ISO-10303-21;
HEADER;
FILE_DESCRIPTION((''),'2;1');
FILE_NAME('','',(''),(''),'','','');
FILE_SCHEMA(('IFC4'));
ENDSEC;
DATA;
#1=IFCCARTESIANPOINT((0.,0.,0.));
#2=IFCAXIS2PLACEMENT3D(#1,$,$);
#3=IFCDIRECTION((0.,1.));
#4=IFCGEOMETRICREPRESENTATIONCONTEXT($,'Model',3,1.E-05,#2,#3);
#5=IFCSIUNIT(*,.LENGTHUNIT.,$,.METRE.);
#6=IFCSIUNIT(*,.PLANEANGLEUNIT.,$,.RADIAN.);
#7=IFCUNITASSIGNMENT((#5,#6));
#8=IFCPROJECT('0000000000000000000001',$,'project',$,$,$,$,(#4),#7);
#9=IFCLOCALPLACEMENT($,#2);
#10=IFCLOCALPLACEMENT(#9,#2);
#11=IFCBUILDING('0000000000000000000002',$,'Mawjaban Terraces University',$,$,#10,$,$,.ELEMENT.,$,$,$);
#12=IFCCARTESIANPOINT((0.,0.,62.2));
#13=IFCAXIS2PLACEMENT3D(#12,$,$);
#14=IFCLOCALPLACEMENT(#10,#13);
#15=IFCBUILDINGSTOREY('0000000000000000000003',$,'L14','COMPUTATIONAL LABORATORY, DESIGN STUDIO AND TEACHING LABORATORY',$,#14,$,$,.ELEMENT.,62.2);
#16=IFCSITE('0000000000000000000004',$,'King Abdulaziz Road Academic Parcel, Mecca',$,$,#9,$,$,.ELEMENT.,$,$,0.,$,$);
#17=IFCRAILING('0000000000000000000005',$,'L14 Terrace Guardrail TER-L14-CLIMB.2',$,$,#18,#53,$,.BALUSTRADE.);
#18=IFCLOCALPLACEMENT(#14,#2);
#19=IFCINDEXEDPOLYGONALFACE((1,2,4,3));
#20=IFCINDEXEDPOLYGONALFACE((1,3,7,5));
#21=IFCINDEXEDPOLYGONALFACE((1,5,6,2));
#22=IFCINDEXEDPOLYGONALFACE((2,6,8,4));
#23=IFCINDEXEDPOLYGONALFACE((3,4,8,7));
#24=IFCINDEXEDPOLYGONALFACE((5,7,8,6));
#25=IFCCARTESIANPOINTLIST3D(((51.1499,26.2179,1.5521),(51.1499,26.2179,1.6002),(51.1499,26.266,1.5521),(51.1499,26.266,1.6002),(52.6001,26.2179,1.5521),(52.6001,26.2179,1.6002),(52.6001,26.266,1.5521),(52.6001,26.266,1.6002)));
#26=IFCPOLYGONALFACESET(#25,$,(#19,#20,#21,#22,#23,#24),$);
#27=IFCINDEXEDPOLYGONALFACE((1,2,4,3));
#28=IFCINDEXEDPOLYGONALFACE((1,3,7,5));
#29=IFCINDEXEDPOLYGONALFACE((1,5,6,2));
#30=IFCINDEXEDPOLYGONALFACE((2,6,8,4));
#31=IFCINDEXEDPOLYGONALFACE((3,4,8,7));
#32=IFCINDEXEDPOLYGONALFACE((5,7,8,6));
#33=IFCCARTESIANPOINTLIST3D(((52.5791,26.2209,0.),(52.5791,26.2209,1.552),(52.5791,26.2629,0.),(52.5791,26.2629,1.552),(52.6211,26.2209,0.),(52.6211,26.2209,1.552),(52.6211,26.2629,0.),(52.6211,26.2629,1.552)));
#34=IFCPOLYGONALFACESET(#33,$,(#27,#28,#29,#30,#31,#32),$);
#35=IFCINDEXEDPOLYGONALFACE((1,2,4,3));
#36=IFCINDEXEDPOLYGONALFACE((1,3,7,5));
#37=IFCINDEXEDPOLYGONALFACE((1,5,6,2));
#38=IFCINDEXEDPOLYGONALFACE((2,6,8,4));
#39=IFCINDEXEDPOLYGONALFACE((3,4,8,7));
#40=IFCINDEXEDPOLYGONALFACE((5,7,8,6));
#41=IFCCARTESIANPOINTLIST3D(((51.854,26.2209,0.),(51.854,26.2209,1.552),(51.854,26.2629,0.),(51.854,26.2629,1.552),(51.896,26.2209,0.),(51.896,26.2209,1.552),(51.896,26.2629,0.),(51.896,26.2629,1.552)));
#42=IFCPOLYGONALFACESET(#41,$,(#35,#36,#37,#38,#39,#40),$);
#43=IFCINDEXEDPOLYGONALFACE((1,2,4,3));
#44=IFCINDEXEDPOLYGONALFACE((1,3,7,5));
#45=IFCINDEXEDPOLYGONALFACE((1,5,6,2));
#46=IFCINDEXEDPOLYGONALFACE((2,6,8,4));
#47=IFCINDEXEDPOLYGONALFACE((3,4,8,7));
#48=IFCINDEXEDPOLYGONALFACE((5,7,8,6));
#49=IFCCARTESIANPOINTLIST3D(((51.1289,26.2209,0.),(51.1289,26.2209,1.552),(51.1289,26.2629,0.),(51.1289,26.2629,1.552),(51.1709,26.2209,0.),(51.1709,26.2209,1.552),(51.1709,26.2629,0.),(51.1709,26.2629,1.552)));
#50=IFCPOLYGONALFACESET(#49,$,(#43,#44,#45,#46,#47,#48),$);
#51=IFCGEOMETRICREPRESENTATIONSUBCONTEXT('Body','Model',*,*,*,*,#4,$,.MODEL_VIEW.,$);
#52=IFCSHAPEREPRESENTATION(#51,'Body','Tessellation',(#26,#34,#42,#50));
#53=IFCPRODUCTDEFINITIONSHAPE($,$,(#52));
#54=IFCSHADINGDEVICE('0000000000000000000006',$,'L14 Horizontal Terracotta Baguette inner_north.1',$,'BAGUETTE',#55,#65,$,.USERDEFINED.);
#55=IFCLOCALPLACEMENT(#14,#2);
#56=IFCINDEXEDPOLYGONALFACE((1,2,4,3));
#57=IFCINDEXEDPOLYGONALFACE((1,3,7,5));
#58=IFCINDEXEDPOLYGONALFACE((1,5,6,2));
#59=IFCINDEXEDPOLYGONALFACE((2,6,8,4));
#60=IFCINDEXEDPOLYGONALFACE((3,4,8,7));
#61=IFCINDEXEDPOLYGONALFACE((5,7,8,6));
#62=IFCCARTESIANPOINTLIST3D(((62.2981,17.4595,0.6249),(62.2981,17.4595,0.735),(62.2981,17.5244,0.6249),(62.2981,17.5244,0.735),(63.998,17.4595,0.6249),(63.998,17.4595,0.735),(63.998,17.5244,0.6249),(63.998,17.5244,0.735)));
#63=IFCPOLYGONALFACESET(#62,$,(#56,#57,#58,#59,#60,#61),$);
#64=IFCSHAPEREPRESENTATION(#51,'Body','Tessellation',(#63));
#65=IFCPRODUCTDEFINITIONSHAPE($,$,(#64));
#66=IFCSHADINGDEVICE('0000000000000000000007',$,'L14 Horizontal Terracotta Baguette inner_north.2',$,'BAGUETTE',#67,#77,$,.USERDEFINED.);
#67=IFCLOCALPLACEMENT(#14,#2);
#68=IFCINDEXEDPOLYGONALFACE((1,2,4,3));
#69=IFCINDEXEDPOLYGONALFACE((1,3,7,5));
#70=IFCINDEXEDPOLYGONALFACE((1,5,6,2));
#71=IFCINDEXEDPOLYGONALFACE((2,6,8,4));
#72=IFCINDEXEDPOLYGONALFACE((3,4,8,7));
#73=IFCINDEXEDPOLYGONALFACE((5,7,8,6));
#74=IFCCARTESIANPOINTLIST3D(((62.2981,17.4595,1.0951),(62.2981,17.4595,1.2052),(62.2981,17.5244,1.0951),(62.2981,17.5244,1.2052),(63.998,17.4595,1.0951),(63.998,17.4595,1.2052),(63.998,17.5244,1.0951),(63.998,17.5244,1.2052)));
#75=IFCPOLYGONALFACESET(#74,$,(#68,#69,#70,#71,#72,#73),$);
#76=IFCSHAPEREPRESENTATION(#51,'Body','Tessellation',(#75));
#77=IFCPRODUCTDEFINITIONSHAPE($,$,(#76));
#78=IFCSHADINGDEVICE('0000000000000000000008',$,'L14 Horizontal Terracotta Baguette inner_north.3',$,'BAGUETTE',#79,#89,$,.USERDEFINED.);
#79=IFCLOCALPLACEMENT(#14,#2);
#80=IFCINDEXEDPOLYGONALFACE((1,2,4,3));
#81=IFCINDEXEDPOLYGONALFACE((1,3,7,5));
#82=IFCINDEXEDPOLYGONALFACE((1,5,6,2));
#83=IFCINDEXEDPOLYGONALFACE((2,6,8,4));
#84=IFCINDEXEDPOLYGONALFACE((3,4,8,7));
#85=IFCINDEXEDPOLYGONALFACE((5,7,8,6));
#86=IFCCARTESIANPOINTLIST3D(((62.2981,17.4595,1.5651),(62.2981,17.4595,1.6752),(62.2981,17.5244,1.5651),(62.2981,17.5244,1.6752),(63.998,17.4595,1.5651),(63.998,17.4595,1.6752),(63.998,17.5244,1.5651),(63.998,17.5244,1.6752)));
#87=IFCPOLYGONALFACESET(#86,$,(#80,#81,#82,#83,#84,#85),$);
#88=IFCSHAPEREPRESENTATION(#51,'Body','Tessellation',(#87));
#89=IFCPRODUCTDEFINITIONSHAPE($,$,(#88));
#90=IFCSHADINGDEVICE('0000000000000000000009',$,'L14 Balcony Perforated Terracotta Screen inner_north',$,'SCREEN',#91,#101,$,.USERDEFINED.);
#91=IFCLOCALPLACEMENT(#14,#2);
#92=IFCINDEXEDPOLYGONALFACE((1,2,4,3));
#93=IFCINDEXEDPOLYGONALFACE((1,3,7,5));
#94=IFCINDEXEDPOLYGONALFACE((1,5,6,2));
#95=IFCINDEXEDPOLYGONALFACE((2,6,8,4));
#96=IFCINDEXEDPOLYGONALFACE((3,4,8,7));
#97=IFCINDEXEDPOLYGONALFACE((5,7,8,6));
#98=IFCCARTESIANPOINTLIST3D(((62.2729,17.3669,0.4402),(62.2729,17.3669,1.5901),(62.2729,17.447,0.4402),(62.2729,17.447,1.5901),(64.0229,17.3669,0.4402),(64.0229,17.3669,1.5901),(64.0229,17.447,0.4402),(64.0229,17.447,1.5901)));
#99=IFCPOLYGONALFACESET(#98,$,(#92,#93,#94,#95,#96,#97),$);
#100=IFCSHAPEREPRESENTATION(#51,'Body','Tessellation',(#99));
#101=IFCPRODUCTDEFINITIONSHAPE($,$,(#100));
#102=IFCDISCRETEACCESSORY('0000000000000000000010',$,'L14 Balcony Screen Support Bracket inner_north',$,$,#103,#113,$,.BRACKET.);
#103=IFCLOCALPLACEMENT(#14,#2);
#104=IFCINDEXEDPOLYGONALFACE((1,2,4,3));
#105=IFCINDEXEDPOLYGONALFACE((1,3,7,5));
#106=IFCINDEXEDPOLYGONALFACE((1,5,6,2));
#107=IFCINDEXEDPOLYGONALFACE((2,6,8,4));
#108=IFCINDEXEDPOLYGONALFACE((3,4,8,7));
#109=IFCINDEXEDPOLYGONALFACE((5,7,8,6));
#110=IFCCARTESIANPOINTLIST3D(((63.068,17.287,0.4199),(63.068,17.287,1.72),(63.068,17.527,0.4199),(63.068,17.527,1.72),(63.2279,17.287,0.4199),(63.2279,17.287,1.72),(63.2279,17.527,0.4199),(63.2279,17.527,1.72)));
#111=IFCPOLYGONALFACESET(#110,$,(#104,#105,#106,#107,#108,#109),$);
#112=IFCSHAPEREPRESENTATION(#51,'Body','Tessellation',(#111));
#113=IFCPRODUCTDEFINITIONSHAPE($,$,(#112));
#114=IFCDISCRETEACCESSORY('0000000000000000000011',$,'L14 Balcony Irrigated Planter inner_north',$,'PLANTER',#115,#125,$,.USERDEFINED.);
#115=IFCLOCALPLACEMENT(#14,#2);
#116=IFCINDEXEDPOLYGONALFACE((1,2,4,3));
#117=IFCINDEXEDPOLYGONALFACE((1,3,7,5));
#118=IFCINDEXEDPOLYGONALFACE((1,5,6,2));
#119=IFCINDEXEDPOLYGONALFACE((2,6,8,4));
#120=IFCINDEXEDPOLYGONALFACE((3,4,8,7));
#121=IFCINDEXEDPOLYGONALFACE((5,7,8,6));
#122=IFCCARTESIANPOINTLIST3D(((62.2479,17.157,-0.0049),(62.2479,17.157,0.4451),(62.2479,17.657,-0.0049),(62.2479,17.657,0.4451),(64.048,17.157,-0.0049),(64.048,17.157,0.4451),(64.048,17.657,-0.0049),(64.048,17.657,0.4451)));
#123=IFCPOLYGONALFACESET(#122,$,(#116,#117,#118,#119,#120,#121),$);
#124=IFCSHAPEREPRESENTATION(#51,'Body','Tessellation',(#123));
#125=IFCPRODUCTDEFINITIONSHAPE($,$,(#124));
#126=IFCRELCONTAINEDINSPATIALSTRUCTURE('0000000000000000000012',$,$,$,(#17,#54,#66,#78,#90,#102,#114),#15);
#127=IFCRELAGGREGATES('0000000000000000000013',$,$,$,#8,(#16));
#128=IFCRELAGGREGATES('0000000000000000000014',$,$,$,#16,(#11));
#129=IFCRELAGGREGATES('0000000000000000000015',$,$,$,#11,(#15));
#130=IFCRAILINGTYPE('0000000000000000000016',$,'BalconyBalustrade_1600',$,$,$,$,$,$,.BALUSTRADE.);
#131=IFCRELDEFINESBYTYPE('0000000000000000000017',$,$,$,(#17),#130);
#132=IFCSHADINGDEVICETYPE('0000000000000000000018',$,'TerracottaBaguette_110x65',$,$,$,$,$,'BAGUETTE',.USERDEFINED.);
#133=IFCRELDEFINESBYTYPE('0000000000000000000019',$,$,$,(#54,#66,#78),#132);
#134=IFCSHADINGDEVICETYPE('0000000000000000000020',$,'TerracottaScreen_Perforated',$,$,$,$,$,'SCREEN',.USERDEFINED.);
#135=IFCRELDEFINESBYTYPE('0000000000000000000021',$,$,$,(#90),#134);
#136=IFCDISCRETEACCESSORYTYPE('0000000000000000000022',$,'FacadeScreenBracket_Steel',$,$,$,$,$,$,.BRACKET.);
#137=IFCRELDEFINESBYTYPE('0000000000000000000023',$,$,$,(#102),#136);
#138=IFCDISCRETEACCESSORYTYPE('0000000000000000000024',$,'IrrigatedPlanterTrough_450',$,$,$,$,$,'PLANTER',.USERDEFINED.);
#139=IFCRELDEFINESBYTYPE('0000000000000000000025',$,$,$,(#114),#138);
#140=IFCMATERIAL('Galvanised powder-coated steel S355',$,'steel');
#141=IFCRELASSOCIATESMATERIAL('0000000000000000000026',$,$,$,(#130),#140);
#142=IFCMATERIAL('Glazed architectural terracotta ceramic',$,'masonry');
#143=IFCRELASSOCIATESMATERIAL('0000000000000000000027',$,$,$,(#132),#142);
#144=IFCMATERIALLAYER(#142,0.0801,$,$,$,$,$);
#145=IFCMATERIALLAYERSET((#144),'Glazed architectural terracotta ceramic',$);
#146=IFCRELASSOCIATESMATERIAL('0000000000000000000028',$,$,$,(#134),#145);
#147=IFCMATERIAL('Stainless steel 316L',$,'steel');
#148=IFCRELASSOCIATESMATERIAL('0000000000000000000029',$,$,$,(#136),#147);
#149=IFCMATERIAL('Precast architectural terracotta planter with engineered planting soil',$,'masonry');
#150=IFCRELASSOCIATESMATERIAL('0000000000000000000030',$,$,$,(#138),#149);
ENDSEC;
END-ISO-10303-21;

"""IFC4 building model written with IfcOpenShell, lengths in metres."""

from ifc_helpers import new_model, si_unit, direction, frame, origin, origin_2d, place, context, subcontext, project, spatial, rectangle, extrude, material, layer, layer_set, material_profile, profile_set, type_object, element, save


model = new_model("IFC4")

# Units and contexts
model_context = context("Model", 3, precision=1e-05, world=origin(), true_north=direction((0.0, 1.0)))
body_context = subcontext(model_context, "Body", "Model", "MODEL_VIEW")
ifc_project = project(units=[si_unit("LENGTHUNIT", "METRE"), si_unit("PLANEANGLEUNIT", "RADIAN")], contexts=[model_context])

# Site, building, storey
site_placement = place(None, origin())
site = spatial("IfcSite", under=ifc_project, at=site_placement, Name="King Abdulaziz Road Academic Parcel, Mecca", CompositionType="ELEMENT", RefElevation=0.0)
building_placement = place(site_placement, origin())
building = spatial("IfcBuilding", under=site, at=building_placement, Name="Mawjaban Terraces University", CompositionType="ELEMENT")
storey_placement = place(building_placement, frame((0.0, 0.0, 62.2)))
storey = spatial("IfcBuildingStorey", under=building, at=storey_placement, Name="L14", Description="COMPUTATIONAL LABORATORY, DESIGN STUDIO AND TEACHING LABORATORY", CompositionType="ELEMENT", Elevation=62.2)

# Railing
ifc_material_1 = material(Name="Galvanised powder-coated steel S355", Category="steel")
railing_type = type_object("IfcRailingType", Name="BalconyBalustrade_1600", PredefinedType="BALUSTRADE", material=ifc_material_1)
railing_1_placement = place(storey_placement, frame((52.6001, 26.2419, 0.0)))
element("IfcRailing", 1, at=railing_1_placement, inside=storey, type_object=railing_type, Name="L14 Terrace Guardrail TER-L14-CLIMB.2", PredefinedType="BALUSTRADE", context=body_context, shape_type="SweptSolid", body=[
    extrude(rectangle(XDim=0.0481, YDim=0.0481, at=origin_2d()), frame((0.0, 0.0, 1.5762), z_axis=(-1.0, 0.0, 0.0), x_axis=(0.0, -1.0, 0.0)), (0.0, 0.0, 1.0), 1.4502),
    extrude(rectangle(XDim=0.042, YDim=0.042, at=origin_2d()), origin(), (0.0, 0.0, 1.0), 1.552),
    extrude(rectangle(XDim=0.042, YDim=0.042, at=origin_2d()), frame((-0.7251, 0.0, 0.0)), (0.0, 0.0, 1.0), 1.552),
    extrude(rectangle(XDim=0.042, YDim=0.042, at=origin_2d()), frame((-1.4502, 0.0, 0.0)), (0.0, 0.0, 1.0), 1.552),
])

# Shading devices
ifc_material_2 = material(Name="Glazed architectural terracotta ceramic", Category="masonry")
ifc_material_profile_1 = material_profile(ifc_material_2, rectangle(XDim=0.0649, YDim=0.1101, at=origin_2d()), Name="TBAG110X65")
ifc_profile_set_1 = profile_set([ifc_material_profile_1], Name="Glazed architectural terracotta ceramic")
shading_device_type_1 = type_object("IfcShadingDeviceType", Name="TerracottaBaguette_110x65", ElementType="BAGUETTE", PredefinedType="USERDEFINED", material=ifc_profile_set_1)
for number, where, z_axis, x_axis, name in (
    (2, (62.2981, 17.4919, 0.6799), (1.0, 0.0, 0.0), (0.0, 1.0, 0.0), "L14 Horizontal Terracotta Baguette inner_north.1"),
    (3, (62.2981, 17.4919, 1.1501), (1.0, 0.0, 0.0), (0.0, 1.0, 0.0), "L14 Horizontal Terracotta Baguette inner_north.2"),
    (4, (62.2981, 17.4919, 1.6201), (1.0, 0.0, 0.0), (0.0, 1.0, 0.0), "L14 Horizontal Terracotta Baguette inner_north.3"),
):
    element("IfcShadingDevice", number, at=place(storey_placement, frame(where, z_axis=z_axis, x_axis=x_axis)), inside=storey, type_object=shading_device_type_1, Name=name, ObjectType="BAGUETTE", PredefinedType="USERDEFINED", context=body_context, shape_type="SweptSolid", body=[
        extrude(rectangle(XDim=0.0649, YDim=0.1101, at=origin_2d()), origin(), (0.0, 0.0, 1.0), 1.7),
    ])
ifc_layer_1 = layer(ifc_material_2, 0.0801)
ifc_layer_set_1 = layer_set([ifc_layer_1], Name="Glazed architectural terracotta ceramic")
shading_device_type_2 = type_object("IfcShadingDeviceType", Name="TerracottaScreen_Perforated", ElementType="SCREEN", PredefinedType="USERDEFINED", material=ifc_layer_set_1)
shading_device_placement = place(storey_placement, frame((63.1479, 17.407, 0.4402), z_axis=(0.0, 0.0, 1.0), x_axis=(1.0, 0.0, 0.0)))
element("IfcShadingDevice", 5, at=shading_device_placement, inside=storey, type_object=shading_device_type_2, Name="L14 Balcony Perforated Terracotta Screen inner_north", ObjectType="SCREEN", PredefinedType="USERDEFINED", context=body_context, shape_type="SweptSolid", body=[
    extrude(rectangle(XDim=1.75, YDim=0.0801, at=origin_2d()), origin(), (0.0, 0.0, 1.0), 1.1499),
])

# Discrete accessories
ifc_material_3 = material(Name="Stainless steel 316L", Category="steel")
discrete_accessory_type_1 = type_object("IfcDiscreteAccessoryType", Name="FacadeScreenBracket_Steel", PredefinedType="BRACKET", material=ifc_material_3)
discrete_accessory_1_placement = place(storey_placement, frame((63.1479, 17.407, 0.4199), z_axis=(0.0, 0.0, 1.0), x_axis=(1.0, 0.0, 0.0)))
element("IfcDiscreteAccessory", 6, at=discrete_accessory_1_placement, inside=storey, type_object=discrete_accessory_type_1, Name="L14 Balcony Screen Support Bracket inner_north", PredefinedType="BRACKET", context=body_context, shape_type="SweptSolid", body=[
    extrude(rectangle(XDim=0.1599, YDim=0.24, at=origin_2d()), origin(), (0.0, 0.0, 1.0), 1.3),
])
ifc_material_4 = material(Name="Precast architectural terracotta planter with engineered planting soil", Category="masonry")
discrete_accessory_type_2 = type_object("IfcDiscreteAccessoryType", Name="IrrigatedPlanterTrough_450", ElementType="PLANTER", PredefinedType="USERDEFINED", material=ifc_material_4)
discrete_accessory_2_placement = place(storey_placement, frame((63.1479, 17.407, -0.0049), z_axis=(0.0, 0.0, 1.0), x_axis=(1.0, 0.0, 0.0)))
element("IfcDiscreteAccessory", 7, at=discrete_accessory_2_placement, inside=storey, type_object=discrete_accessory_type_2, Name="L14 Balcony Irrigated Planter inner_north", ObjectType="PLANTER", PredefinedType="USERDEFINED", context=body_context, shape_type="SweptSolid", body=[
    extrude(rectangle(XDim=1.8, YDim=0.5, at=origin_2d()), origin(), (0.0, 0.0, 1.0), 0.45),
])

save(model, "model.ifc")
